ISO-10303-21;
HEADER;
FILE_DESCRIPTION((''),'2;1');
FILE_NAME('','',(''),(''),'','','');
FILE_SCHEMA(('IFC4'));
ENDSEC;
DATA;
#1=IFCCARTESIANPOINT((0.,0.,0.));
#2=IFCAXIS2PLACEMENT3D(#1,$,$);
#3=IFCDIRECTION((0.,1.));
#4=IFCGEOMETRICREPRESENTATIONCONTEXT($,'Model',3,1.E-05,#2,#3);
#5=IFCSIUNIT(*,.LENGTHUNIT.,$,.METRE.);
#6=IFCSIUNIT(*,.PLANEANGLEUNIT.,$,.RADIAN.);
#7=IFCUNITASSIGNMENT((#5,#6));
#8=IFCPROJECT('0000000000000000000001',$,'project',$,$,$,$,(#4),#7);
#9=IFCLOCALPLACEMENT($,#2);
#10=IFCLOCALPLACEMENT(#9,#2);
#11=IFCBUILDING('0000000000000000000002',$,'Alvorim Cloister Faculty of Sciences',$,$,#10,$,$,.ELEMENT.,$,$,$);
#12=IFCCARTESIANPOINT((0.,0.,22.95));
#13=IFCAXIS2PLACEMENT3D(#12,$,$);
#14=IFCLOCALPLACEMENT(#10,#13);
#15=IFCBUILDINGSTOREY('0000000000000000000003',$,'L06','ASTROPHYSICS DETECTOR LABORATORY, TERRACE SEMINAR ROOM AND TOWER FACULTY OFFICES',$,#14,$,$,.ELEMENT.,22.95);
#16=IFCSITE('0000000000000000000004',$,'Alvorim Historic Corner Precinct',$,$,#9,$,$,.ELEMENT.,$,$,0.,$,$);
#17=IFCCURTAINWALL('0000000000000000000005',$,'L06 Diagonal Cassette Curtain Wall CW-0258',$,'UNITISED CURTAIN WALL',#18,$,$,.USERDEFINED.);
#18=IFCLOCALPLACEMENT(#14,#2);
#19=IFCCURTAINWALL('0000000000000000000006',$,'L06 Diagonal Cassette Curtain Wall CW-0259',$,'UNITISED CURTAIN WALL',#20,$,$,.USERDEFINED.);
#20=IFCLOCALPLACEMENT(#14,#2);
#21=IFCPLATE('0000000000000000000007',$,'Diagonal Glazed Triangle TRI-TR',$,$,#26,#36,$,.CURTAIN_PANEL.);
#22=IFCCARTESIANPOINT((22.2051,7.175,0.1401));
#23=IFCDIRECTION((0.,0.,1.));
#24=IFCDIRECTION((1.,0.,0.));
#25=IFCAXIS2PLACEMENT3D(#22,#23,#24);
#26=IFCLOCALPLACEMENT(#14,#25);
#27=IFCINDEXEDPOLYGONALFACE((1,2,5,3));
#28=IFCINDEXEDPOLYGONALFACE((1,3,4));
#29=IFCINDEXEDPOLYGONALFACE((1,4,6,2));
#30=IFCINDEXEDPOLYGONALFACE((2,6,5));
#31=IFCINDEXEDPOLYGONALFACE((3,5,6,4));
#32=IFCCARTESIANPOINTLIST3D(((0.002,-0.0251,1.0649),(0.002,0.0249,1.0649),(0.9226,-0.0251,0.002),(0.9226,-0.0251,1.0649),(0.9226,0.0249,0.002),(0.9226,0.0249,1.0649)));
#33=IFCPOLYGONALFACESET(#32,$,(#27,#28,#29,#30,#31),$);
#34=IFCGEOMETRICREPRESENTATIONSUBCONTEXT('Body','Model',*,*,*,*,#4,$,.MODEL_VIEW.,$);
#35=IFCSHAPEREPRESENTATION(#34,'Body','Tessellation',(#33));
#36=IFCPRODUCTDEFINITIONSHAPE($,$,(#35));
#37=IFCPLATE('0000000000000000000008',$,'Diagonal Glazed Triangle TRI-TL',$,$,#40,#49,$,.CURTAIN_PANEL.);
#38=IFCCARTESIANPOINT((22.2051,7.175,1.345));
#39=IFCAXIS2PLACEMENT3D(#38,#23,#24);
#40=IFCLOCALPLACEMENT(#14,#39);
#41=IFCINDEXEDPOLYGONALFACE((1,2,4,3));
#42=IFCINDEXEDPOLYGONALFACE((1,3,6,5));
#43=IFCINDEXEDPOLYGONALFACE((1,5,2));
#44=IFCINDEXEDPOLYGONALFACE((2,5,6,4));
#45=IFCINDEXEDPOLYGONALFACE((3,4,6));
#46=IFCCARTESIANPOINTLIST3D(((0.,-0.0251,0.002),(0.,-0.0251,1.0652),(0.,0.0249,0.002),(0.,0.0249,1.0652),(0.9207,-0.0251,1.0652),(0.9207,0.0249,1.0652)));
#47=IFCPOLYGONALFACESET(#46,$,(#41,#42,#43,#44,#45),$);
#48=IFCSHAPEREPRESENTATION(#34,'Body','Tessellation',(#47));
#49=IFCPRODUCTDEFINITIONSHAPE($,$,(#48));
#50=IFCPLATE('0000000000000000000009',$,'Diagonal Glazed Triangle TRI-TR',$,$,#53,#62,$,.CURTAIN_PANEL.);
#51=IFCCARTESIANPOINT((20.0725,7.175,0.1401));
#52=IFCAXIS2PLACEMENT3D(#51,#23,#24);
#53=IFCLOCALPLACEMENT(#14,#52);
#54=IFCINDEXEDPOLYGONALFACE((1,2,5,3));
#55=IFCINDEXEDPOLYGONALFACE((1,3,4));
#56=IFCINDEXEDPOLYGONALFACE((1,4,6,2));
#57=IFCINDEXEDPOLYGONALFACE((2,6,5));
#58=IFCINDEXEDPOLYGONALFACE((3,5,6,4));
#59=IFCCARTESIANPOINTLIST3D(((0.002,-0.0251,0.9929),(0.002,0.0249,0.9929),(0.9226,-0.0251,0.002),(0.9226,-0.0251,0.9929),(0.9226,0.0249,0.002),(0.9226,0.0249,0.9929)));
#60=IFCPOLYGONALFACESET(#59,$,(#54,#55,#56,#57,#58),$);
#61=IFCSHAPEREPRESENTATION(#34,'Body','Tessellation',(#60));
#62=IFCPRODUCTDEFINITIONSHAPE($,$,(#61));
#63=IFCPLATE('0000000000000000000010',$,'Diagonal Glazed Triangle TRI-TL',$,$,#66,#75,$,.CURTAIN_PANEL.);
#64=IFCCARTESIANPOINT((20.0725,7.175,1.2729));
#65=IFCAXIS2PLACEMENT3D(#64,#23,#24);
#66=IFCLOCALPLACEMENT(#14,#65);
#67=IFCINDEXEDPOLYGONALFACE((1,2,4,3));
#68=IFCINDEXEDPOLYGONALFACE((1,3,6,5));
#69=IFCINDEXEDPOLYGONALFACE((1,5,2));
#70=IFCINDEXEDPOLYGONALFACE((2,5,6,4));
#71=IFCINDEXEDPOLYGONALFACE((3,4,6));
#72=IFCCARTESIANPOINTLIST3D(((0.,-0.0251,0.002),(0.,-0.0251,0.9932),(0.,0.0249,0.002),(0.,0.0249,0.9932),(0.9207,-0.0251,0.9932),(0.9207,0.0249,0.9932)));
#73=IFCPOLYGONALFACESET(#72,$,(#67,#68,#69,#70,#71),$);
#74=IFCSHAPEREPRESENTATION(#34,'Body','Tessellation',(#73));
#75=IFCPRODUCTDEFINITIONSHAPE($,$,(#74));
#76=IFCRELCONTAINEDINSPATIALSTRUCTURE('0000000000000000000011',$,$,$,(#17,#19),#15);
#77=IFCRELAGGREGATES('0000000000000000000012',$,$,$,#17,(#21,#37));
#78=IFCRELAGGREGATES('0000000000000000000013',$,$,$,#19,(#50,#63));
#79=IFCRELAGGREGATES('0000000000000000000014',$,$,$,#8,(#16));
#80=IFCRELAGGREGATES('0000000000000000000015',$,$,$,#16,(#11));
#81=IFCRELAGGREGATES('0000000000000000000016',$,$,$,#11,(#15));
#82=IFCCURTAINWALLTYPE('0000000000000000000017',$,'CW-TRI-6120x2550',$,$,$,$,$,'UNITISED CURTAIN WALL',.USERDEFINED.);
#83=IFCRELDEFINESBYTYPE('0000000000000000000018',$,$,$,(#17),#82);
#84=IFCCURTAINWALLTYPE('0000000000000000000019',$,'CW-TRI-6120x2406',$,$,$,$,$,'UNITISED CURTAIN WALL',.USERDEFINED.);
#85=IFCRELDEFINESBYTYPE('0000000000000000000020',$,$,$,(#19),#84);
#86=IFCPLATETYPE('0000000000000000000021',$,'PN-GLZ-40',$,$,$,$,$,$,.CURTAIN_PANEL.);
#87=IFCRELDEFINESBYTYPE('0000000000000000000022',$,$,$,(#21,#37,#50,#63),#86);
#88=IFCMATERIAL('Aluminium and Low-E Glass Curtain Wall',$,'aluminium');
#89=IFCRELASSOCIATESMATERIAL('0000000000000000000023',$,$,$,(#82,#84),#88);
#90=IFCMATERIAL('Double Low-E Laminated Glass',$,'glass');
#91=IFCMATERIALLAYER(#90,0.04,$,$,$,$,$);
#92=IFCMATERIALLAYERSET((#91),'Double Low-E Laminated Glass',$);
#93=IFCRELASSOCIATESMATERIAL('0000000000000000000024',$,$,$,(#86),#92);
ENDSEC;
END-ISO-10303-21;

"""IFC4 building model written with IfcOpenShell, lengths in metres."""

from ifc_helpers import new_model, si_unit, direction, frame, origin, place, context, subcontext, project, spatial, polyline, outline, extrude, material, layer, layer_set, type_object, element, aggregate, save


model = new_model("IFC4")

# Units and contexts
model_context = context("Model", 3, precision=1e-05, world=origin(), true_north=direction((0.0, 1.0)))
body_context = subcontext(model_context, "Body", "Model", "MODEL_VIEW")
ifc_project = project(units=[si_unit("LENGTHUNIT", "METRE"), si_unit("PLANEANGLEUNIT", "RADIAN")], contexts=[model_context])

# Site, building, storey
site_placement = place(None, origin())
site = spatial("IfcSite", under=ifc_project, at=site_placement, Name="Alvorim Historic Corner Precinct", CompositionType="ELEMENT", RefElevation=0.0)
building_placement = place(site_placement, origin())
building = spatial("IfcBuilding", under=site, at=building_placement, Name="Alvorim Cloister Faculty of Sciences", CompositionType="ELEMENT")
storey_placement = place(building_placement, frame((0.0, 0.0, 22.95)))
storey = spatial("IfcBuildingStorey", under=building, at=storey_placement, Name="L06", Description="ASTROPHYSICS DETECTOR LABORATORY, TERRACE SEMINAR ROOM AND TOWER FACULTY OFFICES", CompositionType="ELEMENT", Elevation=22.95)

# Curtain wall
ifc_material_1 = material(Name="Aluminium and Low-E Glass Curtain Wall", Category="aluminium")
curtain_wall_type_1 = type_object("IfcCurtainWallType", Name="CW-TRI-6120x2550", ElementType="UNITISED CURTAIN WALL", PredefinedType="USERDEFINED", material=ifc_material_1)
curtain_wall_1_placement = place(storey_placement, origin())
curtain_wall_1 = element("IfcCurtainWall", 1, at=curtain_wall_1_placement, inside=storey, type_object=curtain_wall_type_1, Name="L06 Diagonal Cassette Curtain Wall CW-0258", ObjectType="UNITISED CURTAIN WALL", PredefinedType="USERDEFINED")

# Curtain wall
curtain_wall_type_2 = type_object("IfcCurtainWallType", Name="CW-TRI-6120x2406", ElementType="UNITISED CURTAIN WALL", PredefinedType="USERDEFINED", material=ifc_material_1)
curtain_wall_2_placement = place(storey_placement, origin())
curtain_wall_2 = element("IfcCurtainWall", 2, at=curtain_wall_2_placement, inside=storey, type_object=curtain_wall_type_2, Name="L06 Diagonal Cassette Curtain Wall CW-0259", ObjectType="UNITISED CURTAIN WALL", PredefinedType="USERDEFINED")

# Plates
ifc_material_2 = material(Name="Double Low-E Laminated Glass", Category="glass")
ifc_layer_1 = layer(ifc_material_2, 0.04)
ifc_layer_set_1 = layer_set([ifc_layer_1], Name="Double Low-E Laminated Glass")
plate_type = type_object("IfcPlateType", Name="PN-GLZ-40", PredefinedType="CURTAIN_PANEL", material=ifc_layer_set_1)
plate_1_placement = place(storey_placement, frame((22.2051, 7.175, 0.1401), z_axis=(0.0, 0.0, 1.0), x_axis=(1.0, 0.0, 0.0)))
plate_1 = element("IfcPlate", 3, at=plate_1_placement, type_object=plate_type, Name="Diagonal Glazed Triangle TRI-TR", PredefinedType="CURTAIN_PANEL", context=body_context, shape_type="SweptSolid", body=[
    extrude(outline(polyline([(0.9226, 0.002), (0.9226, 1.0649), (0.002, 1.0649), (0.9226, 0.002)])), frame((0.0, 0.0249, 0.0), z_axis=(0.0, -1.0, 0.0), x_axis=(1.0, 0.0, 0.0)), (0.0, 0.0, 1.0), 0.05),
])
plate_2_placement = place(storey_placement, frame((22.2051, 7.175, 1.345), z_axis=(0.0, 0.0, 1.0), x_axis=(1.0, 0.0, 0.0)))
plate_2 = element("IfcPlate", 4, at=plate_2_placement, type_object=plate_type, Name="Diagonal Glazed Triangle TRI-TL", PredefinedType="CURTAIN_PANEL", context=body_context, shape_type="SweptSolid", body=[
    extrude(outline(polyline([(0.9207, 1.0652), (0.0, 1.0652), (0.0, 0.002), (0.9207, 1.0652)])), frame((0.0, 0.0249, 0.0), z_axis=(0.0, -1.0, 0.0), x_axis=(1.0, 0.0, 0.0)), (0.0, 0.0, 1.0), 0.05),
])
aggregate(curtain_wall_1, [plate_1, plate_2])
plate_3_placement = place(storey_placement, frame((20.0725, 7.175, 0.1401), z_axis=(0.0, 0.0, 1.0), x_axis=(1.0, 0.0, 0.0)))
plate_3 = element("IfcPlate", 5, at=plate_3_placement, type_object=plate_type, Name="Diagonal Glazed Triangle TRI-TR", PredefinedType="CURTAIN_PANEL", context=body_context, shape_type="SweptSolid", body=[
    extrude(outline(polyline([(0.9226, 0.002), (0.9226, 0.9929), (0.002, 0.9929), (0.9226, 0.002)])), frame((0.0, 0.0249, 0.0), z_axis=(0.0, -1.0, 0.0), x_axis=(1.0, 0.0, 0.0)), (0.0, 0.0, 1.0), 0.05),
])
plate_4_placement = place(storey_placement, frame((20.0725, 7.175, 1.2729), z_axis=(0.0, 0.0, 1.0), x_axis=(1.0, 0.0, 0.0)))
plate_4 = element("IfcPlate", 6, at=plate_4_placement, type_object=plate_type, Name="Diagonal Glazed Triangle TRI-TL", PredefinedType="CURTAIN_PANEL", context=body_context, shape_type="SweptSolid", body=[
    extrude(outline(polyline([(0.9207, 0.9932), (0.0, 0.9932), (0.0, 0.002), (0.9207, 0.9932)])), frame((0.0, 0.0249, 0.0), z_axis=(0.0, -1.0, 0.0), x_axis=(1.0, 0.0, 0.0)), (0.0, 0.0, 1.0), 0.05),
])
aggregate(curtain_wall_2, [plate_3, plate_4])

save(model, "model.ifc")
